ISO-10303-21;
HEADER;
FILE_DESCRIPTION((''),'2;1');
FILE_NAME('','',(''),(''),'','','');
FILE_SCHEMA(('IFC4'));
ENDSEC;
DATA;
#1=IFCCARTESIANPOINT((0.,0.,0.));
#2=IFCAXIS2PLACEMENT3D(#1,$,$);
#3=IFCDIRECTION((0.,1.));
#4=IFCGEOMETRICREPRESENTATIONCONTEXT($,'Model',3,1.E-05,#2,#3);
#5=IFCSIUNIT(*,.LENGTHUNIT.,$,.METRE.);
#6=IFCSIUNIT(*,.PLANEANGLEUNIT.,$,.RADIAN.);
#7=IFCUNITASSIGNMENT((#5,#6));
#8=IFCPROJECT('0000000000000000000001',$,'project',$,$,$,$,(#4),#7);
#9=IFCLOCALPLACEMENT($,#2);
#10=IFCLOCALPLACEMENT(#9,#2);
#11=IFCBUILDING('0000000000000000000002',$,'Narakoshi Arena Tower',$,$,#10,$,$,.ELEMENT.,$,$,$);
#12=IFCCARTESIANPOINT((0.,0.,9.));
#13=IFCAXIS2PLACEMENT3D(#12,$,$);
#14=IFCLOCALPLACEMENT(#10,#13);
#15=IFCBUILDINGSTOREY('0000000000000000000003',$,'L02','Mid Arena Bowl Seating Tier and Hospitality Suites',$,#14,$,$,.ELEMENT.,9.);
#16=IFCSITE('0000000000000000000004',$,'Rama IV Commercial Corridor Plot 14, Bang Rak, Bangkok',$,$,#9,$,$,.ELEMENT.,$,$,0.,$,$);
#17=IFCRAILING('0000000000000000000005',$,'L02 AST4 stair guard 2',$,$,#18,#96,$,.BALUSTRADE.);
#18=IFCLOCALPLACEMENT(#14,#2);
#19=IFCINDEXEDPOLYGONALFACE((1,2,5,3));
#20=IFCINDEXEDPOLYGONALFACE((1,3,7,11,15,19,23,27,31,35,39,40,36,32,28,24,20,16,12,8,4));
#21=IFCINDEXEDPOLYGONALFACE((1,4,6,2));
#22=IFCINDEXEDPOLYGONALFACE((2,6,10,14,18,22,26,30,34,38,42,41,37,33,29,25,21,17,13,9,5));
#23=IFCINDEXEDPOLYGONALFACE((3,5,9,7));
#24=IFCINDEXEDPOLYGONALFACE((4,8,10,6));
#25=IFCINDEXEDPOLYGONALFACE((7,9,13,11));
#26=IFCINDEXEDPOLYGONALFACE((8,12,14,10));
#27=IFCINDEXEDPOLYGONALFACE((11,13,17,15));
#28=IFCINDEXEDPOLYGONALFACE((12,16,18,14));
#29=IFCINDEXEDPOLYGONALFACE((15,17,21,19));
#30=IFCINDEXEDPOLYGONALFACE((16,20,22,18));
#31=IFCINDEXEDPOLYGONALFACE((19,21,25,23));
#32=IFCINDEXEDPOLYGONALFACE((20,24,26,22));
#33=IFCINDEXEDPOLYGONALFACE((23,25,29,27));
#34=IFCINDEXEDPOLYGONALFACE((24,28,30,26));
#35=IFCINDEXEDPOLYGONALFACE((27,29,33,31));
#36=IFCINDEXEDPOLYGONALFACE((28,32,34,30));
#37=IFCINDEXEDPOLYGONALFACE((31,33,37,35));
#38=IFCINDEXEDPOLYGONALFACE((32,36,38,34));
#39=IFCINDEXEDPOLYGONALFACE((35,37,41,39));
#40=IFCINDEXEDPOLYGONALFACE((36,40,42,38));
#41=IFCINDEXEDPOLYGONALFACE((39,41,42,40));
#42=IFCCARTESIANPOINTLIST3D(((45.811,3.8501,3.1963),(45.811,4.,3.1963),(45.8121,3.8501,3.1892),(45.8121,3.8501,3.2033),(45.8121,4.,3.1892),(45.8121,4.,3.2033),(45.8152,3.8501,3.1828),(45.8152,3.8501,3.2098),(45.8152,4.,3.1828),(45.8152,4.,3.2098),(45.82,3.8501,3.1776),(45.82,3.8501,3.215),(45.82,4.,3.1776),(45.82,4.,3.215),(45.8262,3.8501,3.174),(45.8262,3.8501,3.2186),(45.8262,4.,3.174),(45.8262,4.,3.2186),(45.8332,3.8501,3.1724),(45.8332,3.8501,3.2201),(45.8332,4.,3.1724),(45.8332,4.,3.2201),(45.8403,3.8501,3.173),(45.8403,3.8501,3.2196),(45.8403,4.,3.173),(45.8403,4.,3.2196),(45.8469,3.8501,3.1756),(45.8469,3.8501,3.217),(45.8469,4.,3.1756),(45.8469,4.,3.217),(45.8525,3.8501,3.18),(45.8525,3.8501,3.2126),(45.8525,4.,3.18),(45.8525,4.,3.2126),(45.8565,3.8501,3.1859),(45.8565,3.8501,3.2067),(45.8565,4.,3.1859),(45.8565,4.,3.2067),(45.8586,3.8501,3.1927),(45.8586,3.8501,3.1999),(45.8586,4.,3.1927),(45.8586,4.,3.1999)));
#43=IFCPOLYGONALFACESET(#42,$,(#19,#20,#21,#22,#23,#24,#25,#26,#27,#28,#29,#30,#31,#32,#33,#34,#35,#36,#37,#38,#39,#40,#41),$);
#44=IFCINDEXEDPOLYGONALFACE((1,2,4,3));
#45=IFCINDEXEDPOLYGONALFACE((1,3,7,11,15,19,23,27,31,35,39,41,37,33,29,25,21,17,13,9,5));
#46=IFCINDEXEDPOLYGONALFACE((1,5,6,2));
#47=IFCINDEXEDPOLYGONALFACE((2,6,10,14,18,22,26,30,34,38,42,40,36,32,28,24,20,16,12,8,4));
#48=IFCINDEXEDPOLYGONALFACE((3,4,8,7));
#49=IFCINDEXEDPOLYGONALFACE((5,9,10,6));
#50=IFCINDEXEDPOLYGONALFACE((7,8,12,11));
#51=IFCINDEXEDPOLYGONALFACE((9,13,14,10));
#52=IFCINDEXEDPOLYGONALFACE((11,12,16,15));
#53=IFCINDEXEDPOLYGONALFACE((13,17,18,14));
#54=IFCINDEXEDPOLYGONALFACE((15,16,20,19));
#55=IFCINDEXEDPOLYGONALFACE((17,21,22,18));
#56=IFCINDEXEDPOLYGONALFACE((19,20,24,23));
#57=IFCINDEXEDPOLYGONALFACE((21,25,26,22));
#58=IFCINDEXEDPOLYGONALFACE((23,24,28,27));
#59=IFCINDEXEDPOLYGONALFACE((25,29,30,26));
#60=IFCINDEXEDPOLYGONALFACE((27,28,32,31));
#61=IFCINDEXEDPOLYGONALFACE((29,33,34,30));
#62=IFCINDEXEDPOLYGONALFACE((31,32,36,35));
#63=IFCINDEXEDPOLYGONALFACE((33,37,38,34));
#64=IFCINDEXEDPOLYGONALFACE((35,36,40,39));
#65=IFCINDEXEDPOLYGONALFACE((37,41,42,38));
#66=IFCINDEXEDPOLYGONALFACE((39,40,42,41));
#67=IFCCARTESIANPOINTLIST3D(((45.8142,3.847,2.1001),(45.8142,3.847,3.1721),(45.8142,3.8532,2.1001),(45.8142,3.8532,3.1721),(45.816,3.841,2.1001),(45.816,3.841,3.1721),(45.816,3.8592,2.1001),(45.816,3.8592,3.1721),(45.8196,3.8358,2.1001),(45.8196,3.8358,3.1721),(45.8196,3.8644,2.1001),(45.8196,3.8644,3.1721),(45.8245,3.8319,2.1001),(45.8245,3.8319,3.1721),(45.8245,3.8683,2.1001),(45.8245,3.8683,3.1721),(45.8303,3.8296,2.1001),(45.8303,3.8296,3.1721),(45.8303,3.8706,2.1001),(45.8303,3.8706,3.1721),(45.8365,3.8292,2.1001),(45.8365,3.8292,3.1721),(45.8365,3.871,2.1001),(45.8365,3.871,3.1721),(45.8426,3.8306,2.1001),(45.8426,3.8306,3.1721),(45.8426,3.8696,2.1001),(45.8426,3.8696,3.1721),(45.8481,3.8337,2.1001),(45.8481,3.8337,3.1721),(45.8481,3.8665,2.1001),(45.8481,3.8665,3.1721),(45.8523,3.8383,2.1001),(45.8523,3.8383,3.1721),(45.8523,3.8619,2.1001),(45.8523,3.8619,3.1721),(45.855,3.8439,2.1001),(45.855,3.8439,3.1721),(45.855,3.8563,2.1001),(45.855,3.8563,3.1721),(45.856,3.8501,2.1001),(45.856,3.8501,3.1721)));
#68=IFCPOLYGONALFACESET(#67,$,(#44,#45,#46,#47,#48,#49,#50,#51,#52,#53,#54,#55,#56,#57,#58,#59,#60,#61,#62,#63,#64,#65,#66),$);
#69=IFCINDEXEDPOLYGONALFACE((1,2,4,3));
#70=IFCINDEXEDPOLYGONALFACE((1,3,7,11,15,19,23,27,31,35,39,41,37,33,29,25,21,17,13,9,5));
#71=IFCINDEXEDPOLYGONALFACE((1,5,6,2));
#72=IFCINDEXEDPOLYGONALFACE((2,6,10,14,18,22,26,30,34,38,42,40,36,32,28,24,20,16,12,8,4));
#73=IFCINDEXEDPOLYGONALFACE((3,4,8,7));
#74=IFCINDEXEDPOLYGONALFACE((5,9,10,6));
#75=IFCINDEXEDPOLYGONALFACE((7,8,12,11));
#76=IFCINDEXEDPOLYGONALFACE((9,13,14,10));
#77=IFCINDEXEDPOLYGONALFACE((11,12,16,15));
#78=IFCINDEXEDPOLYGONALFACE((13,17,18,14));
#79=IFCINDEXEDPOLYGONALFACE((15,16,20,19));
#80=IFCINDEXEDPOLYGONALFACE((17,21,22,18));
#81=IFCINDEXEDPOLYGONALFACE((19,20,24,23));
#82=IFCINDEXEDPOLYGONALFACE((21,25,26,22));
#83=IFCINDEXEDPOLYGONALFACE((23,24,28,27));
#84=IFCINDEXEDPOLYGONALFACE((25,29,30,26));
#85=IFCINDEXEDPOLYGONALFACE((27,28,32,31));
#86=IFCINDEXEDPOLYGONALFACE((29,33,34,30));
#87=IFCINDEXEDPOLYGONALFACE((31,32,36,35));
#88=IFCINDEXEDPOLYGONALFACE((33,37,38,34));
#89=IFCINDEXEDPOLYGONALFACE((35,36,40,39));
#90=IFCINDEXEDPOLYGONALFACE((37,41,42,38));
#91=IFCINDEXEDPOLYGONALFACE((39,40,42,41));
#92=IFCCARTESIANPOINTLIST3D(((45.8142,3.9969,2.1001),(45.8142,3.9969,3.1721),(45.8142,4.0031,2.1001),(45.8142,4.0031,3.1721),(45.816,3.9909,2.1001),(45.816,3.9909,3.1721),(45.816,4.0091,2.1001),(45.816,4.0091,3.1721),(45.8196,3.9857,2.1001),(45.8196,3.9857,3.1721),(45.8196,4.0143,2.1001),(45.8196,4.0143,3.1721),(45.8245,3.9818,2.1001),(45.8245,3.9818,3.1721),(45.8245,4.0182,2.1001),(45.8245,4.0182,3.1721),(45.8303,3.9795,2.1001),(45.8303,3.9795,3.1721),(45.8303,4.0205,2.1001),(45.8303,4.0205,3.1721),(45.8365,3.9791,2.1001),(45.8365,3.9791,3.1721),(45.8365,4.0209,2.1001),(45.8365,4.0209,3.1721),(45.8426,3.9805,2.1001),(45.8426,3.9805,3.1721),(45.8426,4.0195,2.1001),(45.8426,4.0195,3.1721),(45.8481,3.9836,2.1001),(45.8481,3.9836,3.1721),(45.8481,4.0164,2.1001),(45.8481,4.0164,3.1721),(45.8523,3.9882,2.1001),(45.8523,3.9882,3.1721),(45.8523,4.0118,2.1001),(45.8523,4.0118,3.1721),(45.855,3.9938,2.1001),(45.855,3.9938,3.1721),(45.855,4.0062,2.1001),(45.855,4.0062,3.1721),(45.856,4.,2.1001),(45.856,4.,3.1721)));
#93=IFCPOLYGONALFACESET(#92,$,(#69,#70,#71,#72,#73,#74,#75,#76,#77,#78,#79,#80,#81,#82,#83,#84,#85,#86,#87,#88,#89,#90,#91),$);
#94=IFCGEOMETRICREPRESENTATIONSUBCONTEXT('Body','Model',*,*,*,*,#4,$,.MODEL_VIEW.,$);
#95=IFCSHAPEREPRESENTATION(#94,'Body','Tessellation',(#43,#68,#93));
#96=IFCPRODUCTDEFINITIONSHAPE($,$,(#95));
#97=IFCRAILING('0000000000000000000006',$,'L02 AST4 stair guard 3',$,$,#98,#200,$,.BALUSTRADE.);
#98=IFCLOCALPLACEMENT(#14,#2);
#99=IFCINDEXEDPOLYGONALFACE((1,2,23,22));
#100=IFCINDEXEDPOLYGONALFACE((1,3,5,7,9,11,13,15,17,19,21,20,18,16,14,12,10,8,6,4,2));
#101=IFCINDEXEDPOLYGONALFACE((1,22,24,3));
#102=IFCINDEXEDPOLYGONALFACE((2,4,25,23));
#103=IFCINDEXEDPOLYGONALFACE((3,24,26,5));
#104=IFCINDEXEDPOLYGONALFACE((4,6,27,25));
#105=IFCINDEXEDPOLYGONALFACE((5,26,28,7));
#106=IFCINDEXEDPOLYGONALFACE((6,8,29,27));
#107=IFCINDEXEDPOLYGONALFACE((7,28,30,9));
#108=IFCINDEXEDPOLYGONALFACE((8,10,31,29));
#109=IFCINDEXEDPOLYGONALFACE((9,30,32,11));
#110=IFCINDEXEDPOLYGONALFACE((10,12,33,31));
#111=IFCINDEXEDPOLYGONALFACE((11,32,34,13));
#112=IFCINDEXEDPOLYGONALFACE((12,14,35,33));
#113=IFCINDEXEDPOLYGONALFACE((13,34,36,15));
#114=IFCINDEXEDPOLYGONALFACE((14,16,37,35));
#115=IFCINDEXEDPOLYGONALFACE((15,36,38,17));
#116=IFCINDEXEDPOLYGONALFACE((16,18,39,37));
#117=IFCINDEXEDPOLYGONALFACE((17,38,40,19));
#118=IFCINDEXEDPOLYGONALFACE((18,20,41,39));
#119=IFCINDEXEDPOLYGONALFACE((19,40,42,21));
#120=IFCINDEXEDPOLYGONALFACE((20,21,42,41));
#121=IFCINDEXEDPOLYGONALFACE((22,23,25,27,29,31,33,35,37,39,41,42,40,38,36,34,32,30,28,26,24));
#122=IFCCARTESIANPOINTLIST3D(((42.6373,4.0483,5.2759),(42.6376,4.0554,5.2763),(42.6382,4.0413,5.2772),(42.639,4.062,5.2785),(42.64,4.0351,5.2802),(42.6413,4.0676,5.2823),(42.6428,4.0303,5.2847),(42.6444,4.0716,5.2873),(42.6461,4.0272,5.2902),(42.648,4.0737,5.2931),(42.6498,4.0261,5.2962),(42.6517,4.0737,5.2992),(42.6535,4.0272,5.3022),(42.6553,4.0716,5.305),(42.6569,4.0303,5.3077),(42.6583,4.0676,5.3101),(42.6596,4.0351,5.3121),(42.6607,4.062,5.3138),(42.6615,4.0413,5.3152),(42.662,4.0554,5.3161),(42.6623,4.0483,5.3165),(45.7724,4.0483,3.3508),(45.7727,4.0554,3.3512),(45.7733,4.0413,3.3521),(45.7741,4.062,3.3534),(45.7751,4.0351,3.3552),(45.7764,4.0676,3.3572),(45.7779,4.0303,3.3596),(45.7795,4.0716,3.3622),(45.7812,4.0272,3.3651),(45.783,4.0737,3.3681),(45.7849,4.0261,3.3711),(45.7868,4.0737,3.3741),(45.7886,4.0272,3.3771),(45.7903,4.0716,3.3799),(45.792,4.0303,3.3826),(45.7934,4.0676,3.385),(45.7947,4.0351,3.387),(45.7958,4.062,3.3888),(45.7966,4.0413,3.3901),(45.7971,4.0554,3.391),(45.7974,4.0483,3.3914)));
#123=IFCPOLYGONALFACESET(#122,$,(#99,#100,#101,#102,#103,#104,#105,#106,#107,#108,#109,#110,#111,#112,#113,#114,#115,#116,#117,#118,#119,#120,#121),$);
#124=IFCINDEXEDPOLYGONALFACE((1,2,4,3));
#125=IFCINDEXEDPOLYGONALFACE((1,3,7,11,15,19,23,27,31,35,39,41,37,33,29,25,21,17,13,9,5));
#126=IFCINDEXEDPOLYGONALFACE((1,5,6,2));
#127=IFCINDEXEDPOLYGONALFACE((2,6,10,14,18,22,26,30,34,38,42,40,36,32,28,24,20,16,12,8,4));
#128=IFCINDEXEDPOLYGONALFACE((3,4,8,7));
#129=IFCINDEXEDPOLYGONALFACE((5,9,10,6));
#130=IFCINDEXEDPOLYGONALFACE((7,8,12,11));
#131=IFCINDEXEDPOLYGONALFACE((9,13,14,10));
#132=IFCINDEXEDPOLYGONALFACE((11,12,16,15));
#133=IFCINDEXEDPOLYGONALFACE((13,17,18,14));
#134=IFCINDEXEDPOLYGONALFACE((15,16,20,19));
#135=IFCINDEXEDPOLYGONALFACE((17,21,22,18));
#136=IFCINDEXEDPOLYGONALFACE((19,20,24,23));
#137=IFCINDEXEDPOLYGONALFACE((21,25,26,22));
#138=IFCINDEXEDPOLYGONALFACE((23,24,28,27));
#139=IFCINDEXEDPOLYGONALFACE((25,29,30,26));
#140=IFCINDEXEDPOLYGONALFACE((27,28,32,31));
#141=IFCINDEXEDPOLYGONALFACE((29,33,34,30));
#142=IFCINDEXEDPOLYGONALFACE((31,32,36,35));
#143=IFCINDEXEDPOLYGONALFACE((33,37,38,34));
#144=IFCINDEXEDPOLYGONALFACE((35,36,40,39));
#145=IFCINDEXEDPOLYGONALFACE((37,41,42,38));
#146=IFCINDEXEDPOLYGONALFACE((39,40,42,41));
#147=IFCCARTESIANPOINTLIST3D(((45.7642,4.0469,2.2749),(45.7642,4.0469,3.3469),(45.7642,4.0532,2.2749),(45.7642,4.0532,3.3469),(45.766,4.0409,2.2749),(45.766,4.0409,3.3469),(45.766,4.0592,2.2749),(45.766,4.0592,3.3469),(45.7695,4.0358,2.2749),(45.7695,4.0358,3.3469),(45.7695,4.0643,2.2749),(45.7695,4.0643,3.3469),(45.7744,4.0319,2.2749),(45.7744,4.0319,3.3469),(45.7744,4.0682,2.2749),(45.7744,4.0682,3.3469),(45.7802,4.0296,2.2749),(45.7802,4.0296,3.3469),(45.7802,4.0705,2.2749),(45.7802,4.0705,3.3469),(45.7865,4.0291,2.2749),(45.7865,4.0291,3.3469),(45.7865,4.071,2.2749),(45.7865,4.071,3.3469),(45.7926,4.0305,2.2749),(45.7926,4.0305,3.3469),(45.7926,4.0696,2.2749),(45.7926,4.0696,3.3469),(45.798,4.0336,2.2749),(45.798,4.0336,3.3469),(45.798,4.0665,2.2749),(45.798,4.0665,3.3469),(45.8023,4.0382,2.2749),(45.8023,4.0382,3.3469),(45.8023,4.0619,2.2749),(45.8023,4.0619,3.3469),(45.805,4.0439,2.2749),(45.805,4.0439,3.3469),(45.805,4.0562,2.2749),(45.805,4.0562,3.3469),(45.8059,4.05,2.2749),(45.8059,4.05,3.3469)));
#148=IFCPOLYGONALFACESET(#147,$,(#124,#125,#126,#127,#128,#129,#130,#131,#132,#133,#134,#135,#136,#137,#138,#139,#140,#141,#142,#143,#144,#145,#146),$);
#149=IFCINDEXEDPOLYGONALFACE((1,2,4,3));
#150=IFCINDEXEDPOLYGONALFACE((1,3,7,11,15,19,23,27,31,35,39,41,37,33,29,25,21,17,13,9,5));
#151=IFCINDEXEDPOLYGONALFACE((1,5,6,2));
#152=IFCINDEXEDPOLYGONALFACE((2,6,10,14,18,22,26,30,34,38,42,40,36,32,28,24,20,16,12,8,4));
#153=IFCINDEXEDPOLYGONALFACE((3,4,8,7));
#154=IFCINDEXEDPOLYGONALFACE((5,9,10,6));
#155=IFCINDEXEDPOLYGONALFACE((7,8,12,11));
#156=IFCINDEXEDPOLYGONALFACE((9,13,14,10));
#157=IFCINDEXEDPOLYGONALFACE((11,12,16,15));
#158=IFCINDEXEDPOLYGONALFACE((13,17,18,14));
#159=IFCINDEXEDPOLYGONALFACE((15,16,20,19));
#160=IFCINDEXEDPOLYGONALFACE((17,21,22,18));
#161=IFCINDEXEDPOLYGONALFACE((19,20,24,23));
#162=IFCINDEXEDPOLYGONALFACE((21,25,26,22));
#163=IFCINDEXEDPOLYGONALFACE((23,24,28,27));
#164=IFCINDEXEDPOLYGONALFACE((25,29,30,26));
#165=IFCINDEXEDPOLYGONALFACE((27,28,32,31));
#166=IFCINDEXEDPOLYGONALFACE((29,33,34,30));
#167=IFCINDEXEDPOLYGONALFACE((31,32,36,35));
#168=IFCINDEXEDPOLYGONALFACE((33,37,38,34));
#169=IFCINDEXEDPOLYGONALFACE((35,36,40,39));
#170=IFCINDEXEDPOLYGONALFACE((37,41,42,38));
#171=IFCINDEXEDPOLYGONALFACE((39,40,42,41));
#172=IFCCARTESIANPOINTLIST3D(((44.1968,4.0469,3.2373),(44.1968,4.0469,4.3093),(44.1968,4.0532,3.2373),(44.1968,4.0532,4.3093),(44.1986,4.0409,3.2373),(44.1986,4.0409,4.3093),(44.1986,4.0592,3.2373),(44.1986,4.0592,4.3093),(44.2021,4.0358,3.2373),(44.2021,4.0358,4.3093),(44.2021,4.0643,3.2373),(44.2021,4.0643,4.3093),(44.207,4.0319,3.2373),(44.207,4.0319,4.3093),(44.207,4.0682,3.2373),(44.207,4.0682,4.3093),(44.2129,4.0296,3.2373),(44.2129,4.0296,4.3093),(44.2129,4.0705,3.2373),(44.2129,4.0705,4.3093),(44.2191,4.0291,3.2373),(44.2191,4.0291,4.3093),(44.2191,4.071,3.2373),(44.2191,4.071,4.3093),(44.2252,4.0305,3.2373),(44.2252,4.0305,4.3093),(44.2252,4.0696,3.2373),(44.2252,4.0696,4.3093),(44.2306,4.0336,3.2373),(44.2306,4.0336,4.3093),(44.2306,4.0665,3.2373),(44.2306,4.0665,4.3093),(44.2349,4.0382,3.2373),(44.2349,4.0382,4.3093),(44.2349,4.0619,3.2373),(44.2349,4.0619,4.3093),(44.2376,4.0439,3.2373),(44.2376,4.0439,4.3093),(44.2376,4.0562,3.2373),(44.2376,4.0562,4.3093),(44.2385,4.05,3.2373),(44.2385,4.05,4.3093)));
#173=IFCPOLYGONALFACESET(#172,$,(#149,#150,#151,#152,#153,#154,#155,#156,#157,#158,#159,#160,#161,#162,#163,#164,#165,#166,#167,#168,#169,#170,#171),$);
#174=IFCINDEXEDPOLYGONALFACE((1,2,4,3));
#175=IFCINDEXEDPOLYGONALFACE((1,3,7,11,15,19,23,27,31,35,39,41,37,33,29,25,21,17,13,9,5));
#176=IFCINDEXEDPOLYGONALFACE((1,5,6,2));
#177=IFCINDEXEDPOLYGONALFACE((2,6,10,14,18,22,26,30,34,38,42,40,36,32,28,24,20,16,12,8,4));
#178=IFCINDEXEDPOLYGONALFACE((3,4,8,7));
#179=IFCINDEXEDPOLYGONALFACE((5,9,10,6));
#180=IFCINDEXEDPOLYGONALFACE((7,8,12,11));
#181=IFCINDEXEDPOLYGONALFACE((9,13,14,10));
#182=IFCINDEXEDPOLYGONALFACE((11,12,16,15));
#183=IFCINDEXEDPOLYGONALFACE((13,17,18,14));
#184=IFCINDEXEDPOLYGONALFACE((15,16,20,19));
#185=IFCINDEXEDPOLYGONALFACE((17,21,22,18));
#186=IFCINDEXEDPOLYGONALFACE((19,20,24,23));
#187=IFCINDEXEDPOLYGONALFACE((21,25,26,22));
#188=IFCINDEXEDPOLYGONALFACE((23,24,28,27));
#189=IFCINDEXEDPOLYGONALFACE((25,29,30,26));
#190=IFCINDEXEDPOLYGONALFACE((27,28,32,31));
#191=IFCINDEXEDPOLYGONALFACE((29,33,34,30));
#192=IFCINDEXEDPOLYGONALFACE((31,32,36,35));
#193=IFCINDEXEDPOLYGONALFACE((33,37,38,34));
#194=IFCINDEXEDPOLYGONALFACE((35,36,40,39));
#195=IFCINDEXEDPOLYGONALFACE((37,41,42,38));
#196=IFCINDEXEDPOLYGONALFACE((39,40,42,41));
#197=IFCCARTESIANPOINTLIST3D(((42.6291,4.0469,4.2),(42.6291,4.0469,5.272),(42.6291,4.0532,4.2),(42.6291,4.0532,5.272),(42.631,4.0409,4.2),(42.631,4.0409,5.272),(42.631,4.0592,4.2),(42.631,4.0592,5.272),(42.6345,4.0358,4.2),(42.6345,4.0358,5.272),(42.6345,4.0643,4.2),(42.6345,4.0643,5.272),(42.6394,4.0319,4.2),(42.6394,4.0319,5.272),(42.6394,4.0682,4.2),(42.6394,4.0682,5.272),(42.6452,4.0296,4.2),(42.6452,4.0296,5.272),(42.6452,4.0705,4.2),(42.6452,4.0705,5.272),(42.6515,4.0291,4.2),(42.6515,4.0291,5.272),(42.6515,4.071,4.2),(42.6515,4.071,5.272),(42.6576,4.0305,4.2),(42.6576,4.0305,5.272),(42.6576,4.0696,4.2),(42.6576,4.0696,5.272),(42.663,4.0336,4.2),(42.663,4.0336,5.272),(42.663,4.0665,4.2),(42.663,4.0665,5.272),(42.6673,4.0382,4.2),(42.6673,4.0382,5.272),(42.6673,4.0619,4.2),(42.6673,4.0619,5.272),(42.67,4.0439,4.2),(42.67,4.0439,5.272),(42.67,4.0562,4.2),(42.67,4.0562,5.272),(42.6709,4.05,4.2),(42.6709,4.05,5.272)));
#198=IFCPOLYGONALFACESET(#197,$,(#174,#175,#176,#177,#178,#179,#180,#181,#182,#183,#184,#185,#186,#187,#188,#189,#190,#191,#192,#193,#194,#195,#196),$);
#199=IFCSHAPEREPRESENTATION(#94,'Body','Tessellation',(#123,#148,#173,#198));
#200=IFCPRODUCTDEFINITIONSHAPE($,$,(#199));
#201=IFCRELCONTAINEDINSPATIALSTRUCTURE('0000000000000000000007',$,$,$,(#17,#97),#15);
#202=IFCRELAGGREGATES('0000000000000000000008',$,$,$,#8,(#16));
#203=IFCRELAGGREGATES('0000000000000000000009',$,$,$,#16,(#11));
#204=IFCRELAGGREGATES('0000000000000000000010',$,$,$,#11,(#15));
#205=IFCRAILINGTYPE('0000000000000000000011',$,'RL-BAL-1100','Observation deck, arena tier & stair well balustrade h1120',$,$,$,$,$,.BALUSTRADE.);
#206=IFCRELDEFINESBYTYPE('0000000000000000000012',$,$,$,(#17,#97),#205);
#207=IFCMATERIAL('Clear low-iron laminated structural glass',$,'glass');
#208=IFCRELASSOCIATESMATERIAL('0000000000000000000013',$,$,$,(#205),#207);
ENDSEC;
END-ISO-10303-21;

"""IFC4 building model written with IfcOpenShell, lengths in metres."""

from ifc_helpers import new_model, si_unit, direction, frame, origin, origin_2d, place, context, subcontext, project, spatial, circle, extrude, material, type_object, element, save


model = new_model("IFC4")

# Units and contexts
model_context = context("Model", 3, precision=1e-05, world=origin(), true_north=direction((0.0, 1.0)))
body_context = subcontext(model_context, "Body", "Model", "MODEL_VIEW")
ifc_project = project(units=[si_unit("LENGTHUNIT", "METRE"), si_unit("PLANEANGLEUNIT", "RADIAN")], contexts=[model_context])

# Site, building, storey
site_placement = place(None, origin())
site = spatial("IfcSite", under=ifc_project, at=site_placement, Name="Rama IV Commercial Corridor Plot 14, Bang Rak, Bangkok", CompositionType="ELEMENT", RefElevation=0.0)
building_placement = place(site_placement, origin())
building = spatial("IfcBuilding", under=site, at=building_placement, Name="Narakoshi Arena Tower", CompositionType="ELEMENT")
storey_placement = place(building_placement, frame((0.0, 0.0, 9.0)))
storey = spatial("IfcBuildingStorey", under=building, at=storey_placement, Name="L02", Description="Mid Arena Bowl Seating Tier and Hospitality Suites", CompositionType="ELEMENT", Elevation=9.0)

# Railings
ifc_material_1 = material(Name="Clear low-iron laminated structural glass", Category="glass")
railing_type_1 = type_object("IfcRailingType", Name="RL-BAL-1100", Description="Observation deck, arena tier & stair well balustrade h1120", PredefinedType="BALUSTRADE", material=ifc_material_1)
railing_1_placement = place(storey_placement, frame((45.835, 3.8501, 2.1001)))
element("IfcRailing", 1, at=railing_1_placement, inside=storey, type_object=railing_type_1, Name="L02 AST4 stair guard 2", PredefinedType="BALUSTRADE", context=body_context, shape_type="SweptSolid", body=[
    extrude(circle(Radius=0.0239, at=origin_2d()), frame((0.0, 0.0, 1.0962), z_axis=(0.0, 1.0, 0.0), x_axis=(-1.0, 0.0, 0.0)), (0.0, 0.0, 1.0), 0.1499),
    extrude(circle(Radius=0.021, at=origin_2d()), origin(), (0.0, 0.0, 1.0), 1.072),
    extrude(circle(Radius=0.021, at=origin_2d()), frame((0.0, 0.1499, 0.0)), (0.0, 0.0, 1.0), 1.072),
])
railing_2_placement = place(storey_placement, frame((45.7849, 4.05, 2.2749)))
element("IfcRailing", 2, at=railing_2_placement, inside=storey, type_object=railing_type_1, Name="L02 AST4 stair guard 3", PredefinedType="BALUSTRADE", context=body_context, shape_type="SweptSolid", body=[
    extrude(circle(Radius=0.0239, at=origin_2d()), frame((0.0, 0.0, 1.0962), z_axis=(-0.852166, 0.0, 0.523271), x_axis=(0.0, -1.0, 0.0)), (0.0, 0.0, 1.0), 3.679),
    extrude(circle(Radius=0.021, at=origin_2d()), origin(), (0.0, 0.0, 1.0), 1.072),
    extrude(circle(Radius=0.021, at=origin_2d()), frame((-1.5674, 0.0, 0.9624)), (0.0, 0.0, 1.0), 1.072),
    extrude(circle(Radius=0.021, at=origin_2d()), frame((-3.135, 0.0, 1.925)), (0.0, 0.0, 1.0), 1.072),
])

save(model, "model.ifc")
